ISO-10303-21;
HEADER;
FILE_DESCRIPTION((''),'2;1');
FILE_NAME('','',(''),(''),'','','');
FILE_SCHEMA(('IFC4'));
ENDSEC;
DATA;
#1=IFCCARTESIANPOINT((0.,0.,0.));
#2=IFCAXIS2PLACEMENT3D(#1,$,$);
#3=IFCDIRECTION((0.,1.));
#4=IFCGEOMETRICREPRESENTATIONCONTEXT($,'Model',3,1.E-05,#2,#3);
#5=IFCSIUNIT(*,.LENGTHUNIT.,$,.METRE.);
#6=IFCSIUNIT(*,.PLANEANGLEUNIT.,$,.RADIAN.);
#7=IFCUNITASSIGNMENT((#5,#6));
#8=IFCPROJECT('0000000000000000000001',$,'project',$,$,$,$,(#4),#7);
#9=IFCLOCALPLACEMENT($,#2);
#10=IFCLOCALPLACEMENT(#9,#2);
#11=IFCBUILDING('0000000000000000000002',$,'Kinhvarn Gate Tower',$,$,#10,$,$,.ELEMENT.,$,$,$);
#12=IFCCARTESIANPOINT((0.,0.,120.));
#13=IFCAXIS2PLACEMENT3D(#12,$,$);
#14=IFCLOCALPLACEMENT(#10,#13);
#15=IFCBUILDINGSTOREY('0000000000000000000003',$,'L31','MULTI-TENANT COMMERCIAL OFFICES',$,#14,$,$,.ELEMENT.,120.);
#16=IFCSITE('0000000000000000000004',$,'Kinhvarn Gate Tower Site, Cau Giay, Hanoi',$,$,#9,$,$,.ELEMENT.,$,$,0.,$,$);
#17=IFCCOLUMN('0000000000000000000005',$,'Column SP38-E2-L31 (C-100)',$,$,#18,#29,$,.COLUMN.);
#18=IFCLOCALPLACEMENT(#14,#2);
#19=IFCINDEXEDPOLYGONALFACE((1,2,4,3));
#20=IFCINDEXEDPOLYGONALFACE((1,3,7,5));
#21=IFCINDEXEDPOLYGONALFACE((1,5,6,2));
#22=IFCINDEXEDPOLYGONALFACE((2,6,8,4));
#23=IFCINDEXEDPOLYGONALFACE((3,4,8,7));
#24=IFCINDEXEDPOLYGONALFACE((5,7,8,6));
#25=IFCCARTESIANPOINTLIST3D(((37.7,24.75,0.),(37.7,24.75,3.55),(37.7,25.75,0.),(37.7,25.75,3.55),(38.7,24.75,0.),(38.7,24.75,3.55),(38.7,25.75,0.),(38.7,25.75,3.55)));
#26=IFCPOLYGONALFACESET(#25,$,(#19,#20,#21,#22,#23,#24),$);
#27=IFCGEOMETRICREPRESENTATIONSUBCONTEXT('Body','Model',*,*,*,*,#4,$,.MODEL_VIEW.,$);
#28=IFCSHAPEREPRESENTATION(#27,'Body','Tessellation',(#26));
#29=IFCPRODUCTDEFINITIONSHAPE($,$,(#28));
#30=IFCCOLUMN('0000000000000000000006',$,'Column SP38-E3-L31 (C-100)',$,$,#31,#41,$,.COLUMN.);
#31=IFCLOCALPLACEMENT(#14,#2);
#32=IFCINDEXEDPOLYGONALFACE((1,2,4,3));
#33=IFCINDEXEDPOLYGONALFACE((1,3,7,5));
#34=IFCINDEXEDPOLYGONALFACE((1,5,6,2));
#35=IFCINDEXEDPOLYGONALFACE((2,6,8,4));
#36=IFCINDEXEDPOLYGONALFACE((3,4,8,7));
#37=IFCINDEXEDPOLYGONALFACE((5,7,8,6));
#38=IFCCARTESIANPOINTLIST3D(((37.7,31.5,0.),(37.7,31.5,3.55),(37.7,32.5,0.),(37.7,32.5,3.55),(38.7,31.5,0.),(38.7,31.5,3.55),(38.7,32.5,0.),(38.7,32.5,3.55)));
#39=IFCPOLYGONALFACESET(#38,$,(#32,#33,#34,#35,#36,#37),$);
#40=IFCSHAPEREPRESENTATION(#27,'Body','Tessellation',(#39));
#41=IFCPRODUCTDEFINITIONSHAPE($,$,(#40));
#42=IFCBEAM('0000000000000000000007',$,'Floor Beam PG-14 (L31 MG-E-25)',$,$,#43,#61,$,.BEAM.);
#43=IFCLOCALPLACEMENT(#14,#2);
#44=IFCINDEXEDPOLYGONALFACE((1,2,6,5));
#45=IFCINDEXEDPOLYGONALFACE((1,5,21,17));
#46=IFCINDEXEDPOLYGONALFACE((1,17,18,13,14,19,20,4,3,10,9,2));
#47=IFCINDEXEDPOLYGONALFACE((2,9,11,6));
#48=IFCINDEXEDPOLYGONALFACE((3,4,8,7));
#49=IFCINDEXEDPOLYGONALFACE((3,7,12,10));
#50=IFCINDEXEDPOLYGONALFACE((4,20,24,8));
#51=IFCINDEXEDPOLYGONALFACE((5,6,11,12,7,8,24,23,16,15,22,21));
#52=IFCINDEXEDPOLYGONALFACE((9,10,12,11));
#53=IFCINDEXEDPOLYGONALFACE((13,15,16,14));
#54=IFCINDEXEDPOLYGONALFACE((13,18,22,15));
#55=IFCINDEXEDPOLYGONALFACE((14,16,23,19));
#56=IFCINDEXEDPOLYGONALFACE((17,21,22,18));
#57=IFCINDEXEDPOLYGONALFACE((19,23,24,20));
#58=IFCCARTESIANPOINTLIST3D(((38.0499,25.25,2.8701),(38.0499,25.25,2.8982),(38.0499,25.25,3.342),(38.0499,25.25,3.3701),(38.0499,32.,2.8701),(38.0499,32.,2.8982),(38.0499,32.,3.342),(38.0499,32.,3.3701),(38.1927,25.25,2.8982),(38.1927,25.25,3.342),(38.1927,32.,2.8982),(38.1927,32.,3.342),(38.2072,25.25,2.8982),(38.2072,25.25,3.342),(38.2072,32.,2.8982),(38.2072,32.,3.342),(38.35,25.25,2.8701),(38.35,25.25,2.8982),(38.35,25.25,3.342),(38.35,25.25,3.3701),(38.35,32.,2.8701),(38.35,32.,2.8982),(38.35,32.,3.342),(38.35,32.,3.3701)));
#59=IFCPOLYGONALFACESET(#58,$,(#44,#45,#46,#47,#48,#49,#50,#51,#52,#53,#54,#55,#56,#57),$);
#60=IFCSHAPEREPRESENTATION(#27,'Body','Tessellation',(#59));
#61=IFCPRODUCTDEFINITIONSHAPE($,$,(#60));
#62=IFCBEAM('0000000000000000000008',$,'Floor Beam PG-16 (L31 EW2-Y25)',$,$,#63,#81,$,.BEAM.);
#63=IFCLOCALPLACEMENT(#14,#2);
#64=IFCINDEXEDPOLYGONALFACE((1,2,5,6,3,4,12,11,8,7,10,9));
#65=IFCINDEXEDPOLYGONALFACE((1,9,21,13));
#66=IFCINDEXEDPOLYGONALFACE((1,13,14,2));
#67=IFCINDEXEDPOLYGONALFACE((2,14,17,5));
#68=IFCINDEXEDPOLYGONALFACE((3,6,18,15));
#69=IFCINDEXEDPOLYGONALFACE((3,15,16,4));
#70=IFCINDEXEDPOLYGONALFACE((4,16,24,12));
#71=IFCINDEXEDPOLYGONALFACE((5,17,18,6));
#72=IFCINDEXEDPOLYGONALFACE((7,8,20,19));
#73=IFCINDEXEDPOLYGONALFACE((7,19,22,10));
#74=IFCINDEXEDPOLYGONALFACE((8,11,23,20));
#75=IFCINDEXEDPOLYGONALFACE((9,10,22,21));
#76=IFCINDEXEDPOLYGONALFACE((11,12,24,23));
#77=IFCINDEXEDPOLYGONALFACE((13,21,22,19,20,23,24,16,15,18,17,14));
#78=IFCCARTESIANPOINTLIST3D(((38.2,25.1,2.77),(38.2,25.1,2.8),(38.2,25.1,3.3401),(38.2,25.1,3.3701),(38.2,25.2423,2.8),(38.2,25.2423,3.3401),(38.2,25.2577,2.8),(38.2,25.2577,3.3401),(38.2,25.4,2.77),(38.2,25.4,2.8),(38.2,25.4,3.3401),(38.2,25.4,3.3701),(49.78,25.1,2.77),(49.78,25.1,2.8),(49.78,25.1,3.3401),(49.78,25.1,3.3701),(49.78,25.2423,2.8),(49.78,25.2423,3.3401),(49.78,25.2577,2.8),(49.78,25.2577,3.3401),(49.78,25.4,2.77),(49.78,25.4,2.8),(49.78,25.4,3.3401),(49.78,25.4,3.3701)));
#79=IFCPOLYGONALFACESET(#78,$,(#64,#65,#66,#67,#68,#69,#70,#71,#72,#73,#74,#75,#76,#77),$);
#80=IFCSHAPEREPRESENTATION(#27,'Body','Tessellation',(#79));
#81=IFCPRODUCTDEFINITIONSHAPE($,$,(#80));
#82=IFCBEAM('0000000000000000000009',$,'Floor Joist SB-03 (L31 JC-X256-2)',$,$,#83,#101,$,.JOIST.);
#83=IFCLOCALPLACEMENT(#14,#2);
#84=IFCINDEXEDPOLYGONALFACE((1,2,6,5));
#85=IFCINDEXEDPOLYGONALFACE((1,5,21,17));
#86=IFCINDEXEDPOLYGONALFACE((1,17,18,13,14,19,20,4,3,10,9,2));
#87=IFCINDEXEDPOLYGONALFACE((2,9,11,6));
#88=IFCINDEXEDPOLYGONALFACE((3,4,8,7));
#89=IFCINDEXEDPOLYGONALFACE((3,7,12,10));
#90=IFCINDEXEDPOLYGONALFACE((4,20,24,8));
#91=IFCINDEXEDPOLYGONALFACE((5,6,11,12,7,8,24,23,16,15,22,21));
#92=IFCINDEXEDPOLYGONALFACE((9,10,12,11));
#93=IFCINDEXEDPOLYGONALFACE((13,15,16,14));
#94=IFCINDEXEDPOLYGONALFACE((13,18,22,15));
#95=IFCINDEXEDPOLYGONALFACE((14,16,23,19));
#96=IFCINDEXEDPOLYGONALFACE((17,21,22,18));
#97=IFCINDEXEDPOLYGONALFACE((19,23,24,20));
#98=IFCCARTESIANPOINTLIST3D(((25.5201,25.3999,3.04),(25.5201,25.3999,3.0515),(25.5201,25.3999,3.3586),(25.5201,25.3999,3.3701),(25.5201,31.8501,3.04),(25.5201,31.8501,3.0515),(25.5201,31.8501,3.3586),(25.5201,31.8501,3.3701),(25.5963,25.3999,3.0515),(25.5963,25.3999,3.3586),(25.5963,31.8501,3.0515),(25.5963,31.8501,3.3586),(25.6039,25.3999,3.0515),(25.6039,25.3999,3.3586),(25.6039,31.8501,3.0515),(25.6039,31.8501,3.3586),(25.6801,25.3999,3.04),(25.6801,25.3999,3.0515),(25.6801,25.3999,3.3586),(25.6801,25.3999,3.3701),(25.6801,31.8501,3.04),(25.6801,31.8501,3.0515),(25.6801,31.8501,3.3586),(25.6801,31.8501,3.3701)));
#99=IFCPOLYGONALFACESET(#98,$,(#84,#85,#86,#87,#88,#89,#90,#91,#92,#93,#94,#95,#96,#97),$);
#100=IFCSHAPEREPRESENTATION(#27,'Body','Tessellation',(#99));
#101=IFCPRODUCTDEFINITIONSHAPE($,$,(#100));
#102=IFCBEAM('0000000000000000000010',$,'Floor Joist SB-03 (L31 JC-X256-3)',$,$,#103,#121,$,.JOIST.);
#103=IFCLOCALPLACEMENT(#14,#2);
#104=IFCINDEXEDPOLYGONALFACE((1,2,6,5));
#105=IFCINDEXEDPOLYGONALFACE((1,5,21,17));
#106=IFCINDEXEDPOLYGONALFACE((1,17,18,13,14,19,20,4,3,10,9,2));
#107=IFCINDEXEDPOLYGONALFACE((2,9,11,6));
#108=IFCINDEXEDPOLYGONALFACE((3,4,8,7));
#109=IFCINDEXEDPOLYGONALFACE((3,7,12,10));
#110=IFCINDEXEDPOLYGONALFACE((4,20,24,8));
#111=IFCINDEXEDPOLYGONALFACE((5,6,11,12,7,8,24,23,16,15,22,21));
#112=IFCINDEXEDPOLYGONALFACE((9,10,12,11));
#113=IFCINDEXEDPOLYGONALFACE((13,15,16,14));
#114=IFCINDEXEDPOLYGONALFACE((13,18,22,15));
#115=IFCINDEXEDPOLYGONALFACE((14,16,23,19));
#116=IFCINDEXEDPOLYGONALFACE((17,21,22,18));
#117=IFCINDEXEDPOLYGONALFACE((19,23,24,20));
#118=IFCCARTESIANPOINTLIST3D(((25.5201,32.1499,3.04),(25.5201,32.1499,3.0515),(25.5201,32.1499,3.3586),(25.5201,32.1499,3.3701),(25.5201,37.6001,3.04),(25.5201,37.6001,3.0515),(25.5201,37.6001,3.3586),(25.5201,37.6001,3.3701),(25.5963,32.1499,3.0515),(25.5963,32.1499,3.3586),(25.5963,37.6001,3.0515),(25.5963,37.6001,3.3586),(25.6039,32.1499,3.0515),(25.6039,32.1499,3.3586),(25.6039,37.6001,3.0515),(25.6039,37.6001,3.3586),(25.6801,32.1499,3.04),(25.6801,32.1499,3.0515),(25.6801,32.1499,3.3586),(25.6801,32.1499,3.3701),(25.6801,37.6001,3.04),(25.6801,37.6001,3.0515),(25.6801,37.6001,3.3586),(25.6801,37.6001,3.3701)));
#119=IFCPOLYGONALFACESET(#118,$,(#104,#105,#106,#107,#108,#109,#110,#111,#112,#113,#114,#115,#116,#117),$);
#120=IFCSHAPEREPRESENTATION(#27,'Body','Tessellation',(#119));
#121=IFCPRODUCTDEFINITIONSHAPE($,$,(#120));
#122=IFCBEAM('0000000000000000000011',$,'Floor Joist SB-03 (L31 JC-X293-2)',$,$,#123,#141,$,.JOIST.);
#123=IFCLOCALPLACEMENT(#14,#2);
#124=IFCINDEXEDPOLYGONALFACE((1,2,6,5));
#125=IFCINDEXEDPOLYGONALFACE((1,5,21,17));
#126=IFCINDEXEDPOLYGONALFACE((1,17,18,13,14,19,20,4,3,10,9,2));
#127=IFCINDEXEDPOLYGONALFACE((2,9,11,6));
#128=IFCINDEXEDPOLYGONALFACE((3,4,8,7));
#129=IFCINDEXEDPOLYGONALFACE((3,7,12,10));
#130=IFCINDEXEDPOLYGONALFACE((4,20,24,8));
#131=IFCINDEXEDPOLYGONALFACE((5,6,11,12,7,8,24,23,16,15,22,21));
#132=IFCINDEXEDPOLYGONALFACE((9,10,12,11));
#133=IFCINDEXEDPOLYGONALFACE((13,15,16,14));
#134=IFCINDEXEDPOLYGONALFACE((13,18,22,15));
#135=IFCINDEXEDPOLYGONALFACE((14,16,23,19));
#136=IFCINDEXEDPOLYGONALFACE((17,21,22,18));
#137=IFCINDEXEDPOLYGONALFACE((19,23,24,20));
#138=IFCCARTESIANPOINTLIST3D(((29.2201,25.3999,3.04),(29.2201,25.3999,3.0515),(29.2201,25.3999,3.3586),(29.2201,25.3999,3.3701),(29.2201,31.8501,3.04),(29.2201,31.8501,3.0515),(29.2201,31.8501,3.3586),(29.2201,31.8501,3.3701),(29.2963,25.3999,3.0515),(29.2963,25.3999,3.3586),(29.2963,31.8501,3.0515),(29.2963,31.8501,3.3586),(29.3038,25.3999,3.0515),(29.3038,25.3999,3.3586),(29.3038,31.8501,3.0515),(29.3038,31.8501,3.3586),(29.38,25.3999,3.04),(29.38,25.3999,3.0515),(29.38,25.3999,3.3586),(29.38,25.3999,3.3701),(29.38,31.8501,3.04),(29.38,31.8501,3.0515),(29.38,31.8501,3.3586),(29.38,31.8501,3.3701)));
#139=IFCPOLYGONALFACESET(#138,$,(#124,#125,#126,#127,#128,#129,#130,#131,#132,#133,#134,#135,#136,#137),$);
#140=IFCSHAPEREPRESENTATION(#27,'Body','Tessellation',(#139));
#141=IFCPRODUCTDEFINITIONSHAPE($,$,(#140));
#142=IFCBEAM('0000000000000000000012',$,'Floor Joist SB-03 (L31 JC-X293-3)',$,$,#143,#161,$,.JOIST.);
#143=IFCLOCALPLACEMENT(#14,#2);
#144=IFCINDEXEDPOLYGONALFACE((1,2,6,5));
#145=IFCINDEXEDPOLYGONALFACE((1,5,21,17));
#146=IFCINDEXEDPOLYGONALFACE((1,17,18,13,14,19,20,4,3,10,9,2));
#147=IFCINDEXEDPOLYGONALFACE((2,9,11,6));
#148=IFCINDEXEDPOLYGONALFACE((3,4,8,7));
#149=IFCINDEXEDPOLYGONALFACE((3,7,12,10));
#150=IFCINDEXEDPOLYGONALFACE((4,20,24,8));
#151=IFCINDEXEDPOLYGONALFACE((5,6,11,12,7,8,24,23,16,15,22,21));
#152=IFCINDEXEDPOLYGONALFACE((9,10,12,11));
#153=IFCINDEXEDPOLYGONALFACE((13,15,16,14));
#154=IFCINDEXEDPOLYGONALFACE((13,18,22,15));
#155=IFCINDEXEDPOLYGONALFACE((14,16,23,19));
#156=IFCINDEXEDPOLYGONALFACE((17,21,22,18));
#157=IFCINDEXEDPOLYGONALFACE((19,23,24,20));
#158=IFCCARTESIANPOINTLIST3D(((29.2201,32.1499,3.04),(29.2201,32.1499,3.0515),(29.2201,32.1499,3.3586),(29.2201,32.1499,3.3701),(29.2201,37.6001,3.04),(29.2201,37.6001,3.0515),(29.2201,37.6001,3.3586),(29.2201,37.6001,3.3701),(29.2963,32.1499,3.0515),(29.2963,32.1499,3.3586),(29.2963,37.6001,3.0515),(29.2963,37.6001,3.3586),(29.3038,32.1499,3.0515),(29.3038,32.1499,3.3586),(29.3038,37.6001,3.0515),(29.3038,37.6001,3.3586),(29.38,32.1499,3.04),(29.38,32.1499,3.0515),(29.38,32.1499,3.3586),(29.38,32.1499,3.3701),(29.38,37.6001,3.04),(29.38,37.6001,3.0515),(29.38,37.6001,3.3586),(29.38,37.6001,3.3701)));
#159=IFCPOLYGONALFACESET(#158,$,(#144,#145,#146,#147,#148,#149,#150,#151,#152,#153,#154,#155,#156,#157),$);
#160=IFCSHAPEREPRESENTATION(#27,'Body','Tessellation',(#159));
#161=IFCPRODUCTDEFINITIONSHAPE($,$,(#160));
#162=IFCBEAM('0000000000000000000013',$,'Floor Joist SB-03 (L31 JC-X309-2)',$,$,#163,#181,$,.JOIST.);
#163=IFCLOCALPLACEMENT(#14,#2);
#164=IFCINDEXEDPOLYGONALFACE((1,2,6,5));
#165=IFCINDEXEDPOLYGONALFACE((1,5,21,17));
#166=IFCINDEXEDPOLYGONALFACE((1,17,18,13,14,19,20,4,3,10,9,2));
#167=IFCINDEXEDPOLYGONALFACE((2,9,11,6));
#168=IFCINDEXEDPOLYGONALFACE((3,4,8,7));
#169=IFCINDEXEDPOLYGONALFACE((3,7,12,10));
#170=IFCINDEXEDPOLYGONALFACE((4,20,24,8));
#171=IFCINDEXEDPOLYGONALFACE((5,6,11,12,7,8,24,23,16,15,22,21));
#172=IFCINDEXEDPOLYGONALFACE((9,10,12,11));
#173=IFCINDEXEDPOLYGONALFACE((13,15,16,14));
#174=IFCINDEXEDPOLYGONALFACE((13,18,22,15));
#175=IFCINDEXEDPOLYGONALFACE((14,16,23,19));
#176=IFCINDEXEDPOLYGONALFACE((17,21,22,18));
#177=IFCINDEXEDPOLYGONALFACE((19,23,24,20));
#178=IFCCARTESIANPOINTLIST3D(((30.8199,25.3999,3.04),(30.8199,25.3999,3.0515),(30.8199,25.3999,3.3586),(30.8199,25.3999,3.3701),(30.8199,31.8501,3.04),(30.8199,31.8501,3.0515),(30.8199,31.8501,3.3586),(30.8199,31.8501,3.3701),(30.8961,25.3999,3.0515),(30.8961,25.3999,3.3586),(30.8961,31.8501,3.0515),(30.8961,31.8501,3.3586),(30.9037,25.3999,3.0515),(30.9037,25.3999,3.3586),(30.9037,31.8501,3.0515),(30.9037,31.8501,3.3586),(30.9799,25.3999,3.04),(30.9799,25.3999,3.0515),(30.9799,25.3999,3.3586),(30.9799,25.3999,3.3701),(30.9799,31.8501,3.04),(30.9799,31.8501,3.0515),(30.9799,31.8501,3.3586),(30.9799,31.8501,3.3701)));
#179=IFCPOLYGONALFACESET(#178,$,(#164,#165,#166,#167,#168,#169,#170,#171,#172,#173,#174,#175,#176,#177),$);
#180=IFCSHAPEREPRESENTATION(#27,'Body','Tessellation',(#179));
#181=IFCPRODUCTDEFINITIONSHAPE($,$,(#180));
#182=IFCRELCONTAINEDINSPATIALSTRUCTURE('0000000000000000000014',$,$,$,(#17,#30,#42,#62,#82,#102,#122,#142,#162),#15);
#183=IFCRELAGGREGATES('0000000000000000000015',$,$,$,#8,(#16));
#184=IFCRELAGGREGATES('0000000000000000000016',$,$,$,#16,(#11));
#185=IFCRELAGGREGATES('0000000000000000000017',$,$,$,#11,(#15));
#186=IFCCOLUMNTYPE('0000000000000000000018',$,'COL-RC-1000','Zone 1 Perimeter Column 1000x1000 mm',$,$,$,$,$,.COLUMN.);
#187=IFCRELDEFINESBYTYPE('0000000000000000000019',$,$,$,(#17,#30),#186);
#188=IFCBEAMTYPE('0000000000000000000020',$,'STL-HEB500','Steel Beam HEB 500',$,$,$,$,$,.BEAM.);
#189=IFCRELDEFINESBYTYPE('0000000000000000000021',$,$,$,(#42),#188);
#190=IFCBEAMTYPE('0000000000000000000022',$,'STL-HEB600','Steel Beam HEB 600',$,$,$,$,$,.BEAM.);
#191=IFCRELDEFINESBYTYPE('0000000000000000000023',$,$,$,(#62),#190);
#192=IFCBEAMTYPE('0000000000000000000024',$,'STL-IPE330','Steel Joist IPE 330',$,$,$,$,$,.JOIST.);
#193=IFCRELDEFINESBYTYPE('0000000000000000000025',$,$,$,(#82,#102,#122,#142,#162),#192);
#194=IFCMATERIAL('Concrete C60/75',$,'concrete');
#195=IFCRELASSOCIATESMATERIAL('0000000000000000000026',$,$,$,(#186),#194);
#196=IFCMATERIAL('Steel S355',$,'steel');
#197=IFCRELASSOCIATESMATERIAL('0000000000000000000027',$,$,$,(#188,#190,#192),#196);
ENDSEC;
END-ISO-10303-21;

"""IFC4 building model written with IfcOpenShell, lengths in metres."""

from ifc_helpers import new_model, si_unit, direction, frame, origin, origin_2d, place, context, subcontext, project, spatial, rectangle, i_section, extrude, material, material_profile, profile_set, type_object, element, save


model = new_model("IFC4")

# Units and contexts
model_context = context("Model", 3, precision=1e-05, world=origin(), true_north=direction((0.0, 1.0)))
body_context = subcontext(model_context, "Body", "Model", "MODEL_VIEW")
ifc_project = project(units=[si_unit("LENGTHUNIT", "METRE"), si_unit("PLANEANGLEUNIT", "RADIAN")], contexts=[model_context])

# Site, building, storey
site_placement = place(None, origin())
site = spatial("IfcSite", under=ifc_project, at=site_placement, Name="Kinhvarn Gate Tower Site, Cau Giay, Hanoi", CompositionType="ELEMENT", RefElevation=0.0)
building_placement = place(site_placement, origin())
building = spatial("IfcBuilding", under=site, at=building_placement, Name="Kinhvarn Gate Tower", CompositionType="ELEMENT")
storey_placement = place(building_placement, frame((0.0, 0.0, 120.0)))
storey = spatial("IfcBuildingStorey", under=building, at=storey_placement, Name="L31", Description="MULTI-TENANT COMMERCIAL OFFICES", CompositionType="ELEMENT", Elevation=120.0)

# Columns
ifc_material_1 = material(Name="Concrete C60/75", Category="concrete")
ifc_material_profile_1 = material_profile(ifc_material_1, rectangle(XDim=1.0, YDim=1.0, at=origin_2d()), Name="RC 1000x1000")
ifc_profile_set_1 = profile_set([ifc_material_profile_1], Name="Concrete C60/75")
column_type = type_object("IfcColumnType", Name="COL-RC-1000", Description="Zone 1 Perimeter Column 1000x1000 mm", PredefinedType="COLUMN", material=ifc_profile_set_1)
for number, where, z_axis, x_axis, name in (
    (1, (38.2, 25.25, 0.0), (0.0, 0.0, 1.0), (1.0, 0.0, 0.0), "Column SP38-E2-L31 (C-100)"),
    (2, (38.2, 32.0, 0.0), (0.0, 0.0, 1.0), (1.0, 0.0, 0.0), "Column SP38-E3-L31 (C-100)"),
):
    element("IfcColumn", number, at=place(storey_placement, frame(where, z_axis=z_axis, x_axis=x_axis)), inside=storey, type_object=column_type, Name=name, PredefinedType="COLUMN", context=body_context, shape_type="SweptSolid", body=[
        extrude(rectangle(XDim=1.0, YDim=1.0, at=origin_2d()), origin(), (0.0, 0.0, 1.0), 3.55),
    ])

# Beams
ifc_material_2 = material(Name="Steel S355", Category="steel")
ifc_material_profile_2 = material_profile(ifc_material_2, i_section(OverallWidth=0.3, OverallDepth=0.5, WebThickness=0.0144, FlangeThickness=0.0281, at=origin_2d()), Name="HEB 500")
ifc_profile_set_2 = profile_set([ifc_material_profile_2], Name="Steel S355")
beam_type_1 = type_object("IfcBeamType", Name="STL-HEB500", Description="Steel Beam HEB 500", PredefinedType="BEAM", material=ifc_profile_set_2)
beam_1_placement = place(storey_placement, frame((38.2, 25.25, 3.1201), z_axis=(0.0, 1.0, 0.0), x_axis=(-1.0, 0.0, 0.0)))
element("IfcBeam", 3, at=beam_1_placement, inside=storey, type_object=beam_type_1, Name="Floor Beam PG-14 (L31 MG-E-25)", PredefinedType="BEAM", context=body_context, shape_type="SweptSolid", body=[
    extrude(i_section(OverallWidth=0.3, OverallDepth=0.5, WebThickness=0.0144, FlangeThickness=0.0281, at=origin_2d()), origin(), (0.0, 0.0, 1.0), 6.75),
])
ifc_material_profile_3 = material_profile(ifc_material_2, i_section(OverallWidth=0.3, OverallDepth=0.6001, WebThickness=0.0154, FlangeThickness=0.03, at=origin_2d()), Name="HEB 600")
ifc_profile_set_3 = profile_set([ifc_material_profile_3], Name="Steel S355")
beam_type_2 = type_object("IfcBeamType", Name="STL-HEB600", Description="Steel Beam HEB 600", PredefinedType="BEAM", material=ifc_profile_set_3)
beam_2_placement = place(storey_placement, frame((38.2, 25.25, 3.0701), z_axis=(1.0, 0.0, 0.0), x_axis=(0.0, 1.0, 0.0)))
element("IfcBeam", 4, at=beam_2_placement, inside=storey, type_object=beam_type_2, Name="Floor Beam PG-16 (L31 EW2-Y25)", PredefinedType="BEAM", context=body_context, shape_type="SweptSolid", body=[
    extrude(i_section(OverallWidth=0.3, OverallDepth=0.6001, WebThickness=0.0154, FlangeThickness=0.03, at=origin_2d()), origin(), (0.0, 0.0, 1.0), 11.5801),
])
ifc_material_profile_4 = material_profile(ifc_material_2, i_section(OverallWidth=0.1599, OverallDepth=0.3301, WebThickness=0.0076, FlangeThickness=0.0115, at=origin_2d()), Name="IPE 330")
ifc_profile_set_4 = profile_set([ifc_material_profile_4], Name="Steel S355")
beam_type_3 = type_object("IfcBeamType", Name="STL-IPE330", Description="Steel Joist IPE 330", PredefinedType="JOIST", material=ifc_profile_set_4)
beam_3_placement = place(storey_placement, frame((25.6001, 25.3999, 3.2051), z_axis=(0.0, 1.0, 0.0), x_axis=(-1.0, 0.0, 0.0)))
element("IfcBeam", 5, at=beam_3_placement, inside=storey, type_object=beam_type_3, Name="Floor Joist SB-03 (L31 JC-X256-2)", PredefinedType="JOIST", context=body_context, shape_type="SweptSolid", body=[
    extrude(i_section(OverallWidth=0.1599, OverallDepth=0.3301, WebThickness=0.0076, FlangeThickness=0.0115, at=origin_2d()), origin(), (0.0, 0.0, 1.0), 6.4502),
])
beam_4_placement = place(storey_placement, frame((25.6001, 32.1499, 3.2051), z_axis=(0.0, 1.0, 0.0), x_axis=(-1.0, 0.0, 0.0)))
element("IfcBeam", 6, at=beam_4_placement, inside=storey, type_object=beam_type_3, Name="Floor Joist SB-03 (L31 JC-X256-3)", PredefinedType="JOIST", context=body_context, shape_type="SweptSolid", body=[
    extrude(i_section(OverallWidth=0.1599, OverallDepth=0.3301, WebThickness=0.0076, FlangeThickness=0.0115, at=origin_2d()), origin(), (0.0, 0.0, 1.0), 5.4502),
])
beam_5_placement = place(storey_placement, frame((29.3, 25.3999, 3.2051), z_axis=(0.0, 1.0, 0.0), x_axis=(-1.0, 0.0, 0.0)))
element("IfcBeam", 7, at=beam_5_placement, inside=storey, type_object=beam_type_3, Name="Floor Joist SB-03 (L31 JC-X293-2)", PredefinedType="JOIST", context=body_context, shape_type="SweptSolid", body=[
    extrude(i_section(OverallWidth=0.1599, OverallDepth=0.3301, WebThickness=0.0076, FlangeThickness=0.0115, at=origin_2d()), origin(), (0.0, 0.0, 1.0), 6.4502),
])
beam_6_placement = place(storey_placement, frame((29.3, 32.1499, 3.2051), z_axis=(0.0, 1.0, 0.0), x_axis=(-1.0, 0.0, 0.0)))
element("IfcBeam", 8, at=beam_6_placement, inside=storey, type_object=beam_type_3, Name="Floor Joist SB-03 (L31 JC-X293-3)", PredefinedType="JOIST", context=body_context, shape_type="SweptSolid", body=[
    extrude(i_section(OverallWidth=0.1599, OverallDepth=0.3301, WebThickness=0.0076, FlangeThickness=0.0115, at=origin_2d()), origin(), (0.0, 0.0, 1.0), 5.4502),
])
beam_7_placement = place(storey_placement, frame((30.8999, 25.3999, 3.2051), z_axis=(0.0, 1.0, 0.0), x_axis=(-1.0, 0.0, 0.0)))
element("IfcBeam", 9, at=beam_7_placement, inside=storey, type_object=beam_type_3, Name="Floor Joist SB-03 (L31 JC-X309-2)", PredefinedType="JOIST", context=body_context, shape_type="SweptSolid", body=[
    extrude(i_section(OverallWidth=0.1599, OverallDepth=0.3301, WebThickness=0.0076, FlangeThickness=0.0115, at=origin_2d()), origin(), (0.0, 0.0, 1.0), 6.4502),
])

save(model, "model.ifc")
